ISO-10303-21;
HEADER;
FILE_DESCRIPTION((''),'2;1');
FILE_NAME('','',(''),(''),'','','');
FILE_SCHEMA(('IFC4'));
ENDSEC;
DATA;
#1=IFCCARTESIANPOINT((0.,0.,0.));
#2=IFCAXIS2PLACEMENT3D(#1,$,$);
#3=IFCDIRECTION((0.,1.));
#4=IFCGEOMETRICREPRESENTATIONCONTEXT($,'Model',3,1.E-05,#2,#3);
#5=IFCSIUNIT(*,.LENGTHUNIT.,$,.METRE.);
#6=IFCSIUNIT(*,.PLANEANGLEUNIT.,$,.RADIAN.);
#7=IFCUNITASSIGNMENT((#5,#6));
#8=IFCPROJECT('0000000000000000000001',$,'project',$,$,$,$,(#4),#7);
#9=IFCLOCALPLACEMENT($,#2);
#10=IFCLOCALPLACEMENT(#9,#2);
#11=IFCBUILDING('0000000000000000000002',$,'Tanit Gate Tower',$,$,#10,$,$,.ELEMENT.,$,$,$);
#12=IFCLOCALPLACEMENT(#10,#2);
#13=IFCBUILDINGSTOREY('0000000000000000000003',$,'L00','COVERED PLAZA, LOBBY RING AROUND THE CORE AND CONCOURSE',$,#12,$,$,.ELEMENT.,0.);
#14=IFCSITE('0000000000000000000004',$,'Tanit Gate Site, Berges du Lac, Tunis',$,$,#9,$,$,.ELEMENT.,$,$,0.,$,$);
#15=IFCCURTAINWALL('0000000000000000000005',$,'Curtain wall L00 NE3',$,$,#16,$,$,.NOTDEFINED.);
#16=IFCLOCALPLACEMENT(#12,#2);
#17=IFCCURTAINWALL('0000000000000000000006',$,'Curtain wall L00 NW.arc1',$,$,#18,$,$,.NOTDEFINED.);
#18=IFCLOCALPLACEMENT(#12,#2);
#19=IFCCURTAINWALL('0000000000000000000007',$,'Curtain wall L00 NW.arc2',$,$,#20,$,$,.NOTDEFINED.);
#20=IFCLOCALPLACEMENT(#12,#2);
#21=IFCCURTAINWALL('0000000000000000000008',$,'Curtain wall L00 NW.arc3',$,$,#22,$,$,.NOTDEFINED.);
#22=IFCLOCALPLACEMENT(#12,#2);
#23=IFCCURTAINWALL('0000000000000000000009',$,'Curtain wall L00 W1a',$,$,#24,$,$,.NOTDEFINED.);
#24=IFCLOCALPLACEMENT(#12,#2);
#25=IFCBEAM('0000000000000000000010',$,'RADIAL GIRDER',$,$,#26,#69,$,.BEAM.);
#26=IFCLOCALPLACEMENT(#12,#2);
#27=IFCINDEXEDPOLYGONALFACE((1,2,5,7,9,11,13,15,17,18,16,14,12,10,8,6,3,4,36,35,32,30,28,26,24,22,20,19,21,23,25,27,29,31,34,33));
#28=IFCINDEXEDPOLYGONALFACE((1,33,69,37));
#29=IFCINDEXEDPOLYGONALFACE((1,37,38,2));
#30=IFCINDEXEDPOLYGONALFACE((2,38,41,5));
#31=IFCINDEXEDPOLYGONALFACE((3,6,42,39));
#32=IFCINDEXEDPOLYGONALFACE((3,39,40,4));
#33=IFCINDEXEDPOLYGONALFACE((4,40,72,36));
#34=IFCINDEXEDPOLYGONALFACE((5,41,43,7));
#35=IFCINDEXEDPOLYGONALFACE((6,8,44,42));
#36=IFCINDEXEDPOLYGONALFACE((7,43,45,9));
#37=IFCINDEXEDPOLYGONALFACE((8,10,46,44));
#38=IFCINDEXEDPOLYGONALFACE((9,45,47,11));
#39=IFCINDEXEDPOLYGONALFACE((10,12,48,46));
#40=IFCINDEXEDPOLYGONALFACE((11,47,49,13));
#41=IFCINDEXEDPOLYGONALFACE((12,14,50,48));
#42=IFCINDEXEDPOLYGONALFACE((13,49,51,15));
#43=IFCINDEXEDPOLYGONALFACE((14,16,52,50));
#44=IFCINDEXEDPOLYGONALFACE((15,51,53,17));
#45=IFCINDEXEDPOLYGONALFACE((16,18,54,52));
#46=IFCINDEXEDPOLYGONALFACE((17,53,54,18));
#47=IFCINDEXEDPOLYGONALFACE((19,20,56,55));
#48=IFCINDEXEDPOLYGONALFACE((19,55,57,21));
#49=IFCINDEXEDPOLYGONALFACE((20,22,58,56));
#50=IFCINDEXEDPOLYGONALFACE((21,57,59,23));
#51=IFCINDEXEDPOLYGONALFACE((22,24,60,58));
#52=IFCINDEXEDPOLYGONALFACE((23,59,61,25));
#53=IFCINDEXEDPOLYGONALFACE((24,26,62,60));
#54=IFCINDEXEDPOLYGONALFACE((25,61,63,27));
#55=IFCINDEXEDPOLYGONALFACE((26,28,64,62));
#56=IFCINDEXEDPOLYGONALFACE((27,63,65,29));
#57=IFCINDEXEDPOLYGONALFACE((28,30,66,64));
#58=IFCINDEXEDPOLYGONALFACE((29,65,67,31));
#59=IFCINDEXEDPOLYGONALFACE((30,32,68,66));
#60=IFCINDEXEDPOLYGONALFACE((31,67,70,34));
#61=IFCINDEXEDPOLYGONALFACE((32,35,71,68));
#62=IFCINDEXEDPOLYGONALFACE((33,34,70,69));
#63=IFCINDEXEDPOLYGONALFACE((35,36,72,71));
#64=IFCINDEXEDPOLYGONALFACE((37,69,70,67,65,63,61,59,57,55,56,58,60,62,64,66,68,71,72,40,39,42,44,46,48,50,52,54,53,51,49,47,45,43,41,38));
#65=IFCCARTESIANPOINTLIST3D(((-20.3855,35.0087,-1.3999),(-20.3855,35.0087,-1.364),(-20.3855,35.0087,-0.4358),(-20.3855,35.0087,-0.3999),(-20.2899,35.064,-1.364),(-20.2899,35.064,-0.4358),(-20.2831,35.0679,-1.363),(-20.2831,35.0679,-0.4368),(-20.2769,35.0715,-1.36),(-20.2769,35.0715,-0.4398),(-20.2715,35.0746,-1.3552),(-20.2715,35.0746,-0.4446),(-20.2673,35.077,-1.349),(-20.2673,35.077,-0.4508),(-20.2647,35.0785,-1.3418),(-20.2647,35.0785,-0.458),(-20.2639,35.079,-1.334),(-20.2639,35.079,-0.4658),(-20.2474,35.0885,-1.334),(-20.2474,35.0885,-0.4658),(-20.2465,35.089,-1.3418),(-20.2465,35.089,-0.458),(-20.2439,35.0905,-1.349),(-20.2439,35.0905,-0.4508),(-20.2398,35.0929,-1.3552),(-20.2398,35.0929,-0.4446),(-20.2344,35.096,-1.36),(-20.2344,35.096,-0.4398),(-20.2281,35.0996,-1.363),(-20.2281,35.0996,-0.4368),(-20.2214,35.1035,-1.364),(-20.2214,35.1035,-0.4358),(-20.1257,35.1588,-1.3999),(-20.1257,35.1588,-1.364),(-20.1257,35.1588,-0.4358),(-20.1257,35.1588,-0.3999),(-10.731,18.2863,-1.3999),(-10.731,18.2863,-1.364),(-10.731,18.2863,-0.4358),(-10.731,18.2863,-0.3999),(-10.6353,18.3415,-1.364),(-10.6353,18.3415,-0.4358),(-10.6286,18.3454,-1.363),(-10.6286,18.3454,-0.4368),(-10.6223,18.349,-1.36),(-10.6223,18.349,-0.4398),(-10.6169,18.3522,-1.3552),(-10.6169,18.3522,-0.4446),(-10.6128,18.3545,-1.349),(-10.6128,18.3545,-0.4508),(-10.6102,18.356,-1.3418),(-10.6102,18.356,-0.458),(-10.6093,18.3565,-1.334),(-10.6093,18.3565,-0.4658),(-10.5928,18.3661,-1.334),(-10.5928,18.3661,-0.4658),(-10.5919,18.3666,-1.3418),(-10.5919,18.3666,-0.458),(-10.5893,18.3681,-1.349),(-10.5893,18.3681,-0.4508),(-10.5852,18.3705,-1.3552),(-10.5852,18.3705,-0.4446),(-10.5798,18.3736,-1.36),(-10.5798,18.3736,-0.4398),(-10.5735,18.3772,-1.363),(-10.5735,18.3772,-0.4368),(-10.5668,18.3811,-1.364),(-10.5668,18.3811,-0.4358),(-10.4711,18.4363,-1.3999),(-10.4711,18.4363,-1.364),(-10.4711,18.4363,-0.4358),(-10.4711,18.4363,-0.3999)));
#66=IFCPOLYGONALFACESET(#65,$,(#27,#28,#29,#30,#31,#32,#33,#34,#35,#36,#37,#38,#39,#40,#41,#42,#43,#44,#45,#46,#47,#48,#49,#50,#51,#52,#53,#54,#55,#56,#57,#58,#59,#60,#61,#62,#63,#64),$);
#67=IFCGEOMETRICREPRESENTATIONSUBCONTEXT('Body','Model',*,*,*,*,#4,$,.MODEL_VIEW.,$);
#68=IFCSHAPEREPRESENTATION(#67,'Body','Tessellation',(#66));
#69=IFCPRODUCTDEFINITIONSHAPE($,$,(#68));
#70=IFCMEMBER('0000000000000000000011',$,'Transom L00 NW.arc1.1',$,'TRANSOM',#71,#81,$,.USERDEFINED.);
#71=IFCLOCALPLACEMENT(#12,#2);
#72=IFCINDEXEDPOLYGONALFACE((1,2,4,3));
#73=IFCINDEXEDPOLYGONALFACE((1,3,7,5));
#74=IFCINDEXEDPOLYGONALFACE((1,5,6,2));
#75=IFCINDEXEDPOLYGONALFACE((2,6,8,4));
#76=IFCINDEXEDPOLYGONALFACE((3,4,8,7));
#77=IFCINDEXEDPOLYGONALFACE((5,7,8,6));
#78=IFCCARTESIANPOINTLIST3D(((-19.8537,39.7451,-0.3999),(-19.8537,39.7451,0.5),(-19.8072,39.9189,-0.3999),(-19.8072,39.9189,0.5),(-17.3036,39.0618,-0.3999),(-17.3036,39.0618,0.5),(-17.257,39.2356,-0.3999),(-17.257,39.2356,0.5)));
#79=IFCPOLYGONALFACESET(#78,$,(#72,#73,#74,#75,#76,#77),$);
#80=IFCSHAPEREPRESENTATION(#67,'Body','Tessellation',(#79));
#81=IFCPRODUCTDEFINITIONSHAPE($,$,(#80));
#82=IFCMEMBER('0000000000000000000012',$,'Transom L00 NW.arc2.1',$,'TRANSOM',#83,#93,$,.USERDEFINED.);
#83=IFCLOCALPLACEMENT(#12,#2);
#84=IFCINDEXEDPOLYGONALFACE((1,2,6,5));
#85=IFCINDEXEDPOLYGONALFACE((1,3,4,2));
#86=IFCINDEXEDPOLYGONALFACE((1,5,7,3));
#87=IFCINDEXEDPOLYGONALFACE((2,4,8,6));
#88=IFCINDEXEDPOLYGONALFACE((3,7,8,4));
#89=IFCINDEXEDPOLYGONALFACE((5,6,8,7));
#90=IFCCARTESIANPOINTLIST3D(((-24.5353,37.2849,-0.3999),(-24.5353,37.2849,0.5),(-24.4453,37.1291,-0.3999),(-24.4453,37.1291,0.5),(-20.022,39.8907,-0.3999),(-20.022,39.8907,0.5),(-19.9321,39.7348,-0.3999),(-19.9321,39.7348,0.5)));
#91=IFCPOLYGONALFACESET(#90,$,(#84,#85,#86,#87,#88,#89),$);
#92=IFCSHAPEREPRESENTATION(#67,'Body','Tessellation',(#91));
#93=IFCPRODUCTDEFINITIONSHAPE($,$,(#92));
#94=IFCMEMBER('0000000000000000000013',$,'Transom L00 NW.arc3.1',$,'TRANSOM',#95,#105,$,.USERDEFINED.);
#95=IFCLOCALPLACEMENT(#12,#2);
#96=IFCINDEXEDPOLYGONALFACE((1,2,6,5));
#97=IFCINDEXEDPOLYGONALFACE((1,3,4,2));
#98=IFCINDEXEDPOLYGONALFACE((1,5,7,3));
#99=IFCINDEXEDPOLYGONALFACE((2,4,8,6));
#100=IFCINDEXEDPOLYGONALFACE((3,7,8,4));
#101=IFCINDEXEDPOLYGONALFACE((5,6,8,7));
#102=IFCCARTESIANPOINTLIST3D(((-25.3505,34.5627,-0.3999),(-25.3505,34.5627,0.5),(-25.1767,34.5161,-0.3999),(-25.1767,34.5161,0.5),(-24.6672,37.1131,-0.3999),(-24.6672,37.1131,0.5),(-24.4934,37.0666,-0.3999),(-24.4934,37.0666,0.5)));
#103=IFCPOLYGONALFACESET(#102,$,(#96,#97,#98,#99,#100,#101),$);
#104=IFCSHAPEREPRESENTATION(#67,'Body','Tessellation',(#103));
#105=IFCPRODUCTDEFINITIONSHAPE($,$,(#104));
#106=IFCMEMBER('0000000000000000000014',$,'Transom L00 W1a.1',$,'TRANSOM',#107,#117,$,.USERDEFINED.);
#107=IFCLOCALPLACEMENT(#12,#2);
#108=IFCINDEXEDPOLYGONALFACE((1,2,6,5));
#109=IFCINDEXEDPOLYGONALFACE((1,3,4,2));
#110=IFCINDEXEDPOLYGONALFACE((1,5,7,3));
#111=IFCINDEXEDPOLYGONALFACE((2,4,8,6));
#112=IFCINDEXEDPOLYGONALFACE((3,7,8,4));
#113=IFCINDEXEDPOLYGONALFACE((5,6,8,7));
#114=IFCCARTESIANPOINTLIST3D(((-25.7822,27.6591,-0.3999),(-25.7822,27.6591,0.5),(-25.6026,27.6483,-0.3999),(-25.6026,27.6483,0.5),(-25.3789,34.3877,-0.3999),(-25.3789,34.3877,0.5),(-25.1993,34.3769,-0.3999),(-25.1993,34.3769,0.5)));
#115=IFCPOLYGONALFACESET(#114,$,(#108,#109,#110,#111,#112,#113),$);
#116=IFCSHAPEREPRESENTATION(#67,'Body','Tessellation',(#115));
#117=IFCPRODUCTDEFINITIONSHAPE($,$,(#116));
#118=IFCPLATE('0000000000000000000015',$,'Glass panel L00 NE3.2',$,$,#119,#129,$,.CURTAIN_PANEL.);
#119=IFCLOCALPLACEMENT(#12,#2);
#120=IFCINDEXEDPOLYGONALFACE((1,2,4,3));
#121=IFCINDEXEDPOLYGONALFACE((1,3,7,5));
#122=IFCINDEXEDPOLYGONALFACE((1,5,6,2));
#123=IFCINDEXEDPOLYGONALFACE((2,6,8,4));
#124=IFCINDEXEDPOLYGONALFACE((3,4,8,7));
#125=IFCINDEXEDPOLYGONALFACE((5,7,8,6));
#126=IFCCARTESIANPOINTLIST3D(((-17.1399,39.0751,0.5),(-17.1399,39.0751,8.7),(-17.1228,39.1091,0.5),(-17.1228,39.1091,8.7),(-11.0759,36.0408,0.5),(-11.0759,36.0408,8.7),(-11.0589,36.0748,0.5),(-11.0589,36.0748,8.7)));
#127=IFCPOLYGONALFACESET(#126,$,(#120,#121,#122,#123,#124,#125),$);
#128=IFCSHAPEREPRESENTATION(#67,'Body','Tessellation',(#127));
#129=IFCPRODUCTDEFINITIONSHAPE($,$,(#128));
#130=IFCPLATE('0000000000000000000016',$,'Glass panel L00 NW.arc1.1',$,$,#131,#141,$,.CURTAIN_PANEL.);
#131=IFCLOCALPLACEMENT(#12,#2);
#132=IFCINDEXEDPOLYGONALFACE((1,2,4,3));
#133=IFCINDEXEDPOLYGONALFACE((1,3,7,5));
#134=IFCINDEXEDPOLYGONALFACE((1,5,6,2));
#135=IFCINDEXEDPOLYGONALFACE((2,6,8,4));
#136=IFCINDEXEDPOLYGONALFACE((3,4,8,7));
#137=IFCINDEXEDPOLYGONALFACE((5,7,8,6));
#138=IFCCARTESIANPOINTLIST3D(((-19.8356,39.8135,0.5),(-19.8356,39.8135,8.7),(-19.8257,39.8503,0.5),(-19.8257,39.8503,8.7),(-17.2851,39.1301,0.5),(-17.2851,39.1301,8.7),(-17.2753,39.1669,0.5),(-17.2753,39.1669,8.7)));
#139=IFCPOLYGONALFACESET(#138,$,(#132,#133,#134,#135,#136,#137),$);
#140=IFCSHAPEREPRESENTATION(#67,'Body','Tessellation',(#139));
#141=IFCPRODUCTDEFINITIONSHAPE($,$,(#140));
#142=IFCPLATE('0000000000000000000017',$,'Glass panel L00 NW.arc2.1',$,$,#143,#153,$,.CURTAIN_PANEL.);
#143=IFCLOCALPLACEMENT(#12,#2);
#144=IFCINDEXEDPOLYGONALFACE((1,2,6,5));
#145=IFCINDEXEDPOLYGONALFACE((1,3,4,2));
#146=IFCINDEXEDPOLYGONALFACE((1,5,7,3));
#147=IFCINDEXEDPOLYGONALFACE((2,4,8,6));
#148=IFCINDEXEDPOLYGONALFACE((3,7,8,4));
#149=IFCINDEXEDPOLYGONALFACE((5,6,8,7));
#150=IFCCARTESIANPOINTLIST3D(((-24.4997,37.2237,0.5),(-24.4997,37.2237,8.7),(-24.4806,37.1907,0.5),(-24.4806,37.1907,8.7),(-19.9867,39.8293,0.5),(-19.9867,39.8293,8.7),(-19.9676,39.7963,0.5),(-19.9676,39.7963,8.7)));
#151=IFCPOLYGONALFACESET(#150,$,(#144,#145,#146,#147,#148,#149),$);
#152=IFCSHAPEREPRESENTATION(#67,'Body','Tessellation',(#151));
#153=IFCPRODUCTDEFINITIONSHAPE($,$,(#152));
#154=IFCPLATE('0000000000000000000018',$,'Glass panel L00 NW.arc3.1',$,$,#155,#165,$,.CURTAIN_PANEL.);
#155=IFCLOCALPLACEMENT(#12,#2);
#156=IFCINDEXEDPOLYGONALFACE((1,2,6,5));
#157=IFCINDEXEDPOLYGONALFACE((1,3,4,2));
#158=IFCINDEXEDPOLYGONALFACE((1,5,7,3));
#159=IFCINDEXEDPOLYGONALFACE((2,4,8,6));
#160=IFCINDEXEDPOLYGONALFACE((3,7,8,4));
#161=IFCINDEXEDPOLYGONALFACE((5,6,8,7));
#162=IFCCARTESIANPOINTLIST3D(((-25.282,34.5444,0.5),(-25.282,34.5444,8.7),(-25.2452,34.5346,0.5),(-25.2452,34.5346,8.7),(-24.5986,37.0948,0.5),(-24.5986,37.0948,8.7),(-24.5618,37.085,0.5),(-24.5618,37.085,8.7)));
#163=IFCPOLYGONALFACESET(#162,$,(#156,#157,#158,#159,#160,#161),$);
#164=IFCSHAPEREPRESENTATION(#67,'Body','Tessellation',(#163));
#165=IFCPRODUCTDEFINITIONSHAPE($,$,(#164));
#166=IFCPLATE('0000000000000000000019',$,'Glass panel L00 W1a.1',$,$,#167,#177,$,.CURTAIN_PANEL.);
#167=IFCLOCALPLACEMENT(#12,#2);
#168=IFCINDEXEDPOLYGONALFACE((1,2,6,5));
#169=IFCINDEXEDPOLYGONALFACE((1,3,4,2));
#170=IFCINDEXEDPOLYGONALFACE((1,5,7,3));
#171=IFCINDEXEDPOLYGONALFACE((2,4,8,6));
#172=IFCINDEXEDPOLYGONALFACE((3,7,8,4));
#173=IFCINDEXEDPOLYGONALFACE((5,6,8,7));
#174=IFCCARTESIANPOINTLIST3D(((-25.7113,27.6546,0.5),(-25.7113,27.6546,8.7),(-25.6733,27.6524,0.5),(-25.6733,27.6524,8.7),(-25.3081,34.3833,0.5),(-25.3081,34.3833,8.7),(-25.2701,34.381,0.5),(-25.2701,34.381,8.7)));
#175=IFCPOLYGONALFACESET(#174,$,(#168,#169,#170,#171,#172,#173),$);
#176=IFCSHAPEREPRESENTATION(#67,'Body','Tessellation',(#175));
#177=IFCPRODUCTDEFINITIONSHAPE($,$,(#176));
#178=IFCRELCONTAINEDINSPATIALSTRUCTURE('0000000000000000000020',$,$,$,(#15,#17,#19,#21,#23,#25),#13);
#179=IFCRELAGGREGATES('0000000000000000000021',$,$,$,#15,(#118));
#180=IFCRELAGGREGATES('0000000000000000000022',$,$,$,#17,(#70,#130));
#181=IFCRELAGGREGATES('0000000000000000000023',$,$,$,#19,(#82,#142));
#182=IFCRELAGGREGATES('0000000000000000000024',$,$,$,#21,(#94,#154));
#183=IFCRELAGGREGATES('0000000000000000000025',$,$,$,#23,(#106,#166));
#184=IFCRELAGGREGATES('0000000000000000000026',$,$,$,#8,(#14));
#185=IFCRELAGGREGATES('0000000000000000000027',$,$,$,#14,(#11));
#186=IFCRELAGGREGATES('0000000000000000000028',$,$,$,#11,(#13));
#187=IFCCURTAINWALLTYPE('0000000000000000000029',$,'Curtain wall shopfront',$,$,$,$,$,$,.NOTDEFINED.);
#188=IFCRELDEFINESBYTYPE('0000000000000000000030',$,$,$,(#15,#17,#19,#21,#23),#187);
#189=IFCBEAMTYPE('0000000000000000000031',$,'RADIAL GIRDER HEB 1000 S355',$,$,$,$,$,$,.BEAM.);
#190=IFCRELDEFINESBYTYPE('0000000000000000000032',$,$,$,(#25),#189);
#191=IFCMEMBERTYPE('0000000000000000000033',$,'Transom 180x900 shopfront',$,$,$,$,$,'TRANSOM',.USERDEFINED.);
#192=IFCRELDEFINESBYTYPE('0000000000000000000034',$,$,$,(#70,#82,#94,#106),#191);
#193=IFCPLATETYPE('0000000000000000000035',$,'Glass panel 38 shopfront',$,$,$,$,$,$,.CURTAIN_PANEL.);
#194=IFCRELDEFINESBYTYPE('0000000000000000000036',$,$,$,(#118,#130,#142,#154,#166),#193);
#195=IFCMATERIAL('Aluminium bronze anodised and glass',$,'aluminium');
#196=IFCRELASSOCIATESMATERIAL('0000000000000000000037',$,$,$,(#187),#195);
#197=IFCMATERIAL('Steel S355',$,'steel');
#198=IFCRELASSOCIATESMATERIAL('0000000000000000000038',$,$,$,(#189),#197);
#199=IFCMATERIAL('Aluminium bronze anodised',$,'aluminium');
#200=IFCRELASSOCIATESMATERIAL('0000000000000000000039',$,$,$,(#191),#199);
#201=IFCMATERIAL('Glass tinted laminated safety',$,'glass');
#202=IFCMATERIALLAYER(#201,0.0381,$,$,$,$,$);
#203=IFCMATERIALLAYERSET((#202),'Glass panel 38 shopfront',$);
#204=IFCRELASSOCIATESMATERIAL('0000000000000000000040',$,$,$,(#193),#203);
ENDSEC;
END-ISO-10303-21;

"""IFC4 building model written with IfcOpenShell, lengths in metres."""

from ifc_helpers import new_model, si_unit, direction, frame, origin, origin_2d, place, context, subcontext, project, spatial, rectangle, i_section, extrude, material, layer, layer_set, material_profile, profile_set, type_object, element, aggregate, save


model = new_model("IFC4")

# Units and contexts
model_context = context("Model", 3, precision=1e-05, world=origin(), true_north=direction((0.0, 1.0)))
body_context = subcontext(model_context, "Body", "Model", "MODEL_VIEW")
ifc_project = project(units=[si_unit("LENGTHUNIT", "METRE"), si_unit("PLANEANGLEUNIT", "RADIAN")], contexts=[model_context])

# Site, building, storey
site_placement = place(None, origin())
site = spatial("IfcSite", under=ifc_project, at=site_placement, Name="Tanit Gate Site, Berges du Lac, Tunis", CompositionType="ELEMENT", RefElevation=0.0)
building_placement = place(site_placement, origin())
building = spatial("IfcBuilding", under=site, at=building_placement, Name="Tanit Gate Tower", CompositionType="ELEMENT")
storey_placement = place(building_placement, origin())
storey = spatial("IfcBuildingStorey", under=building, at=storey_placement, Name="L00", Description="COVERED PLAZA, LOBBY RING AROUND THE CORE AND CONCOURSE", CompositionType="ELEMENT", Elevation=0.0)

# Curtain wall
ifc_material_1 = material(Name="Aluminium bronze anodised and glass", Category="aluminium")
curtain_wall_type = type_object("IfcCurtainWallType", Name="Curtain wall shopfront", PredefinedType="NOTDEFINED", material=ifc_material_1)
curtain_wall_1_placement = place(storey_placement, origin())
curtain_wall_1 = element("IfcCurtainWall", 1, at=curtain_wall_1_placement, inside=storey, type_object=curtain_wall_type, Name="Curtain wall L00 NE3", PredefinedType="NOTDEFINED")

# Curtain walls
curtain_wall_2_placement = place(storey_placement, origin())
curtain_wall_2 = element("IfcCurtainWall", 2, at=curtain_wall_2_placement, inside=storey, type_object=curtain_wall_type, Name="Curtain wall L00 NW.arc1", PredefinedType="NOTDEFINED")
curtain_wall_3_placement = place(storey_placement, origin())
curtain_wall_3 = element("IfcCurtainWall", 3, at=curtain_wall_3_placement, inside=storey, type_object=curtain_wall_type, Name="Curtain wall L00 NW.arc2", PredefinedType="NOTDEFINED")
curtain_wall_4_placement = place(storey_placement, origin())
curtain_wall_4 = element("IfcCurtainWall", 4, at=curtain_wall_4_placement, inside=storey, type_object=curtain_wall_type, Name="Curtain wall L00 NW.arc3", PredefinedType="NOTDEFINED")

# Curtain wall
curtain_wall_5_placement = place(storey_placement, origin())
curtain_wall_5 = element("IfcCurtainWall", 5, at=curtain_wall_5_placement, inside=storey, type_object=curtain_wall_type, Name="Curtain wall L00 W1a", PredefinedType="NOTDEFINED")

# Beam
ifc_material_2 = material(Name="Steel S355", Category="steel")
ifc_material_profile_1 = material_profile(ifc_material_2, i_section(OverallWidth=0.3, OverallDepth=1.0, WebThickness=0.019, FlangeThickness=0.0359, FilletRadius=0.03, at=origin_2d()), Name="HEB 1000")
ifc_profile_set_1 = profile_set([ifc_material_profile_1], Name="Steel S355")
beam_type_1 = type_object("IfcBeamType", Name="RADIAL GIRDER HEB 1000 S355", PredefinedType="BEAM", material=ifc_profile_set_1)
beam_1_placement = place(storey_placement, frame((-20.2556, 35.0837, -0.8999), z_axis=(0.499994, -0.866029, 0.0), x_axis=(0.866029, 0.499994, 0.0)))
element("IfcBeam", 6, at=beam_1_placement, inside=storey, type_object=beam_type_1, Name="RADIAL GIRDER", PredefinedType="BEAM", context=body_context, shape_type="SweptSolid", body=[
    extrude(i_section(OverallWidth=0.3, OverallDepth=1.0, WebThickness=0.019, FlangeThickness=0.0359, FilletRadius=0.03, at=origin_2d()), origin(), (0.0, 0.0, 1.0), 19.3093),
])

# Members
ifc_material_3 = material(Name="Aluminium bronze anodised", Category="aluminium")
ifc_material_profile_2 = material_profile(ifc_material_3, rectangle(XDim=0.1799, YDim=0.8999, at=origin_2d()), Name="180x900 bronze transom")
ifc_profile_set_2 = profile_set([ifc_material_profile_2], Name="Aluminium bronze anodised")
member_type_1 = type_object("IfcMemberType", Name="Transom 180x900 shopfront", ElementType="TRANSOM", PredefinedType="USERDEFINED", material=ifc_profile_set_2)
member_1_placement = place(storey_placement, frame((-17.2803, 39.1487, 0.05), z_axis=(-0.965926, 0.258819, 0.0), x_axis=(-0.258819, -0.965926, 0.0)))
member_1 = element("IfcMember", 7, at=member_1_placement, type_object=member_type_1, Name="Transom L00 NW.arc1.1", ObjectType="TRANSOM", PredefinedType="USERDEFINED", context=body_context, shape_type="SweptSolid", body=[
    extrude(rectangle(XDim=0.1799, YDim=0.8999, at=origin_2d()), origin(), (0.0, 0.0, 1.0), 2.6401),
])
member_2_placement = place(storey_placement, frame((-19.9771, 39.8127, 0.05), z_axis=(-0.866023, -0.500004, 0.0), x_axis=(0.500004, -0.866023, 0.0)))
member_2 = element("IfcMember", 8, at=member_2_placement, type_object=member_type_1, Name="Transom L00 NW.arc2.1", ObjectType="TRANSOM", PredefinedType="USERDEFINED", context=body_context, shape_type="SweptSolid", body=[
    extrude(rectangle(XDim=0.1799, YDim=0.8999, at=origin_2d()), origin(), (0.0, 0.0, 1.0), 5.2114),
])
member_3_placement = place(storey_placement, frame((-24.5803, 37.0898, 0.05), z_axis=(-0.258796, -0.965932, 0.0), x_axis=(0.965932, -0.258796, 0.0)))
member_3 = element("IfcMember", 9, at=member_3_placement, type_object=member_type_1, Name="Transom L00 NW.arc3.1", ObjectType="TRANSOM", PredefinedType="USERDEFINED", context=body_context, shape_type="SweptSolid", body=[
    extrude(rectangle(XDim=0.1799, YDim=0.8999, at=origin_2d()), origin(), (0.0, 0.0, 1.0), 2.6404),
])
member_4_placement = place(storey_placement, frame((-25.2891, 34.3823, 0.05), z_axis=(-0.059832, -0.998208, 0.0), x_axis=(0.998208, -0.059832, 0.0)))
member_4 = element("IfcMember", 10, at=member_4_placement, type_object=member_type_1, Name="Transom L00 W1a.1", ObjectType="TRANSOM", PredefinedType="USERDEFINED", context=body_context, shape_type="SweptSolid", body=[
    extrude(rectangle(XDim=0.1799, YDim=0.8999, at=origin_2d()), origin(), (0.0, 0.0, 1.0), 6.7407),
])

# Plates
ifc_material_4 = material(Name="Glass tinted laminated safety", Category="glass")
ifc_layer = layer(ifc_material_4, 0.0381)
ifc_layer_set = layer_set([ifc_layer], Name="Glass panel 38 shopfront")
plate_type = type_object("IfcPlateType", Name="Glass panel 38 shopfront", PredefinedType="CURTAIN_PANEL", material=ifc_layer_set)
plate_1_placement = place(storey_placement, frame((-14.0994, 37.575, 0.5), z_axis=(0.0, 0.0, 1.0), x_axis=(-0.894288, 0.447492, 0.0)))
plate_1 = element("IfcPlate", 11, at=plate_1_placement, type_object=plate_type, Name="Glass panel L00 NE3.2", PredefinedType="CURTAIN_PANEL", context=body_context, shape_type="SweptSolid", body=[
    extrude(rectangle(XDim=6.7808, YDim=0.0381, at=origin_2d()), origin(), (0.0, 0.0, 1.0), 8.2),
])
aggregate(curtain_wall_1, [plate_1])
plate_2_placement = place(storey_placement, frame((-18.5554, 39.4902, 0.5), z_axis=(0.0, 0.0, 1.0), x_axis=(-0.965926, 0.258819, 0.0)))
plate_2 = element("IfcPlate", 12, at=plate_2_placement, type_object=plate_type, Name="Glass panel L00 NW.arc1.1", PredefinedType="CURTAIN_PANEL", context=body_context, shape_type="SweptSolid", body=[
    extrude(rectangle(XDim=2.6404, YDim=0.0381, at=origin_2d()), origin(), (0.0, 0.0, 1.0), 8.2),
])
aggregate(curtain_wall_2, [member_1, plate_2])
plate_3_placement = place(storey_placement, frame((-22.2336, 38.51, 0.5), z_axis=(0.0, 0.0, 1.0), x_axis=(-0.866025, -0.5, 0.0)))
plate_3 = element("IfcPlate", 13, at=plate_3_placement, type_object=plate_type, Name="Glass panel L00 NW.arc2.1", PredefinedType="CURTAIN_PANEL", context=body_context, shape_type="SweptSolid", body=[
    extrude(rectangle(XDim=5.2112, YDim=0.0381, at=origin_2d()), origin(), (0.0, 0.0, 1.0), 8.2),
])
aggregate(curtain_wall_3, [member_2, plate_3])
plate_4_placement = place(storey_placement, frame((-24.9219, 35.8147, 0.5), z_axis=(0.0, 0.0, 1.0), x_axis=(-0.258819, -0.965926, 0.0)))
plate_4 = element("IfcPlate", 14, at=plate_4_placement, type_object=plate_type, Name="Glass panel L00 NW.arc3.1", PredefinedType="CURTAIN_PANEL", context=body_context, shape_type="SweptSolid", body=[
    extrude(rectangle(XDim=2.6404, YDim=0.0381, at=origin_2d()), origin(), (0.0, 0.0, 1.0), 8.2),
])
aggregate(curtain_wall_4, [member_3, plate_4])
plate_5_placement = place(storey_placement, frame((-25.4907, 31.0178, 0.5), z_axis=(0.0, 0.0, 1.0), x_axis=(-0.059812, -0.99821, 0.0)))
plate_5 = element("IfcPlate", 15, at=plate_5_placement, type_object=plate_type, Name="Glass panel L00 W1a.1", PredefinedType="CURTAIN_PANEL", context=body_context, shape_type="SweptSolid", body=[
    extrude(rectangle(XDim=6.7407, YDim=0.0381, at=origin_2d()), origin(), (0.0, 0.0, 1.0), 8.2),
])
aggregate(curtain_wall_5, [member_4, plate_5])

save(model, "model.ifc")
